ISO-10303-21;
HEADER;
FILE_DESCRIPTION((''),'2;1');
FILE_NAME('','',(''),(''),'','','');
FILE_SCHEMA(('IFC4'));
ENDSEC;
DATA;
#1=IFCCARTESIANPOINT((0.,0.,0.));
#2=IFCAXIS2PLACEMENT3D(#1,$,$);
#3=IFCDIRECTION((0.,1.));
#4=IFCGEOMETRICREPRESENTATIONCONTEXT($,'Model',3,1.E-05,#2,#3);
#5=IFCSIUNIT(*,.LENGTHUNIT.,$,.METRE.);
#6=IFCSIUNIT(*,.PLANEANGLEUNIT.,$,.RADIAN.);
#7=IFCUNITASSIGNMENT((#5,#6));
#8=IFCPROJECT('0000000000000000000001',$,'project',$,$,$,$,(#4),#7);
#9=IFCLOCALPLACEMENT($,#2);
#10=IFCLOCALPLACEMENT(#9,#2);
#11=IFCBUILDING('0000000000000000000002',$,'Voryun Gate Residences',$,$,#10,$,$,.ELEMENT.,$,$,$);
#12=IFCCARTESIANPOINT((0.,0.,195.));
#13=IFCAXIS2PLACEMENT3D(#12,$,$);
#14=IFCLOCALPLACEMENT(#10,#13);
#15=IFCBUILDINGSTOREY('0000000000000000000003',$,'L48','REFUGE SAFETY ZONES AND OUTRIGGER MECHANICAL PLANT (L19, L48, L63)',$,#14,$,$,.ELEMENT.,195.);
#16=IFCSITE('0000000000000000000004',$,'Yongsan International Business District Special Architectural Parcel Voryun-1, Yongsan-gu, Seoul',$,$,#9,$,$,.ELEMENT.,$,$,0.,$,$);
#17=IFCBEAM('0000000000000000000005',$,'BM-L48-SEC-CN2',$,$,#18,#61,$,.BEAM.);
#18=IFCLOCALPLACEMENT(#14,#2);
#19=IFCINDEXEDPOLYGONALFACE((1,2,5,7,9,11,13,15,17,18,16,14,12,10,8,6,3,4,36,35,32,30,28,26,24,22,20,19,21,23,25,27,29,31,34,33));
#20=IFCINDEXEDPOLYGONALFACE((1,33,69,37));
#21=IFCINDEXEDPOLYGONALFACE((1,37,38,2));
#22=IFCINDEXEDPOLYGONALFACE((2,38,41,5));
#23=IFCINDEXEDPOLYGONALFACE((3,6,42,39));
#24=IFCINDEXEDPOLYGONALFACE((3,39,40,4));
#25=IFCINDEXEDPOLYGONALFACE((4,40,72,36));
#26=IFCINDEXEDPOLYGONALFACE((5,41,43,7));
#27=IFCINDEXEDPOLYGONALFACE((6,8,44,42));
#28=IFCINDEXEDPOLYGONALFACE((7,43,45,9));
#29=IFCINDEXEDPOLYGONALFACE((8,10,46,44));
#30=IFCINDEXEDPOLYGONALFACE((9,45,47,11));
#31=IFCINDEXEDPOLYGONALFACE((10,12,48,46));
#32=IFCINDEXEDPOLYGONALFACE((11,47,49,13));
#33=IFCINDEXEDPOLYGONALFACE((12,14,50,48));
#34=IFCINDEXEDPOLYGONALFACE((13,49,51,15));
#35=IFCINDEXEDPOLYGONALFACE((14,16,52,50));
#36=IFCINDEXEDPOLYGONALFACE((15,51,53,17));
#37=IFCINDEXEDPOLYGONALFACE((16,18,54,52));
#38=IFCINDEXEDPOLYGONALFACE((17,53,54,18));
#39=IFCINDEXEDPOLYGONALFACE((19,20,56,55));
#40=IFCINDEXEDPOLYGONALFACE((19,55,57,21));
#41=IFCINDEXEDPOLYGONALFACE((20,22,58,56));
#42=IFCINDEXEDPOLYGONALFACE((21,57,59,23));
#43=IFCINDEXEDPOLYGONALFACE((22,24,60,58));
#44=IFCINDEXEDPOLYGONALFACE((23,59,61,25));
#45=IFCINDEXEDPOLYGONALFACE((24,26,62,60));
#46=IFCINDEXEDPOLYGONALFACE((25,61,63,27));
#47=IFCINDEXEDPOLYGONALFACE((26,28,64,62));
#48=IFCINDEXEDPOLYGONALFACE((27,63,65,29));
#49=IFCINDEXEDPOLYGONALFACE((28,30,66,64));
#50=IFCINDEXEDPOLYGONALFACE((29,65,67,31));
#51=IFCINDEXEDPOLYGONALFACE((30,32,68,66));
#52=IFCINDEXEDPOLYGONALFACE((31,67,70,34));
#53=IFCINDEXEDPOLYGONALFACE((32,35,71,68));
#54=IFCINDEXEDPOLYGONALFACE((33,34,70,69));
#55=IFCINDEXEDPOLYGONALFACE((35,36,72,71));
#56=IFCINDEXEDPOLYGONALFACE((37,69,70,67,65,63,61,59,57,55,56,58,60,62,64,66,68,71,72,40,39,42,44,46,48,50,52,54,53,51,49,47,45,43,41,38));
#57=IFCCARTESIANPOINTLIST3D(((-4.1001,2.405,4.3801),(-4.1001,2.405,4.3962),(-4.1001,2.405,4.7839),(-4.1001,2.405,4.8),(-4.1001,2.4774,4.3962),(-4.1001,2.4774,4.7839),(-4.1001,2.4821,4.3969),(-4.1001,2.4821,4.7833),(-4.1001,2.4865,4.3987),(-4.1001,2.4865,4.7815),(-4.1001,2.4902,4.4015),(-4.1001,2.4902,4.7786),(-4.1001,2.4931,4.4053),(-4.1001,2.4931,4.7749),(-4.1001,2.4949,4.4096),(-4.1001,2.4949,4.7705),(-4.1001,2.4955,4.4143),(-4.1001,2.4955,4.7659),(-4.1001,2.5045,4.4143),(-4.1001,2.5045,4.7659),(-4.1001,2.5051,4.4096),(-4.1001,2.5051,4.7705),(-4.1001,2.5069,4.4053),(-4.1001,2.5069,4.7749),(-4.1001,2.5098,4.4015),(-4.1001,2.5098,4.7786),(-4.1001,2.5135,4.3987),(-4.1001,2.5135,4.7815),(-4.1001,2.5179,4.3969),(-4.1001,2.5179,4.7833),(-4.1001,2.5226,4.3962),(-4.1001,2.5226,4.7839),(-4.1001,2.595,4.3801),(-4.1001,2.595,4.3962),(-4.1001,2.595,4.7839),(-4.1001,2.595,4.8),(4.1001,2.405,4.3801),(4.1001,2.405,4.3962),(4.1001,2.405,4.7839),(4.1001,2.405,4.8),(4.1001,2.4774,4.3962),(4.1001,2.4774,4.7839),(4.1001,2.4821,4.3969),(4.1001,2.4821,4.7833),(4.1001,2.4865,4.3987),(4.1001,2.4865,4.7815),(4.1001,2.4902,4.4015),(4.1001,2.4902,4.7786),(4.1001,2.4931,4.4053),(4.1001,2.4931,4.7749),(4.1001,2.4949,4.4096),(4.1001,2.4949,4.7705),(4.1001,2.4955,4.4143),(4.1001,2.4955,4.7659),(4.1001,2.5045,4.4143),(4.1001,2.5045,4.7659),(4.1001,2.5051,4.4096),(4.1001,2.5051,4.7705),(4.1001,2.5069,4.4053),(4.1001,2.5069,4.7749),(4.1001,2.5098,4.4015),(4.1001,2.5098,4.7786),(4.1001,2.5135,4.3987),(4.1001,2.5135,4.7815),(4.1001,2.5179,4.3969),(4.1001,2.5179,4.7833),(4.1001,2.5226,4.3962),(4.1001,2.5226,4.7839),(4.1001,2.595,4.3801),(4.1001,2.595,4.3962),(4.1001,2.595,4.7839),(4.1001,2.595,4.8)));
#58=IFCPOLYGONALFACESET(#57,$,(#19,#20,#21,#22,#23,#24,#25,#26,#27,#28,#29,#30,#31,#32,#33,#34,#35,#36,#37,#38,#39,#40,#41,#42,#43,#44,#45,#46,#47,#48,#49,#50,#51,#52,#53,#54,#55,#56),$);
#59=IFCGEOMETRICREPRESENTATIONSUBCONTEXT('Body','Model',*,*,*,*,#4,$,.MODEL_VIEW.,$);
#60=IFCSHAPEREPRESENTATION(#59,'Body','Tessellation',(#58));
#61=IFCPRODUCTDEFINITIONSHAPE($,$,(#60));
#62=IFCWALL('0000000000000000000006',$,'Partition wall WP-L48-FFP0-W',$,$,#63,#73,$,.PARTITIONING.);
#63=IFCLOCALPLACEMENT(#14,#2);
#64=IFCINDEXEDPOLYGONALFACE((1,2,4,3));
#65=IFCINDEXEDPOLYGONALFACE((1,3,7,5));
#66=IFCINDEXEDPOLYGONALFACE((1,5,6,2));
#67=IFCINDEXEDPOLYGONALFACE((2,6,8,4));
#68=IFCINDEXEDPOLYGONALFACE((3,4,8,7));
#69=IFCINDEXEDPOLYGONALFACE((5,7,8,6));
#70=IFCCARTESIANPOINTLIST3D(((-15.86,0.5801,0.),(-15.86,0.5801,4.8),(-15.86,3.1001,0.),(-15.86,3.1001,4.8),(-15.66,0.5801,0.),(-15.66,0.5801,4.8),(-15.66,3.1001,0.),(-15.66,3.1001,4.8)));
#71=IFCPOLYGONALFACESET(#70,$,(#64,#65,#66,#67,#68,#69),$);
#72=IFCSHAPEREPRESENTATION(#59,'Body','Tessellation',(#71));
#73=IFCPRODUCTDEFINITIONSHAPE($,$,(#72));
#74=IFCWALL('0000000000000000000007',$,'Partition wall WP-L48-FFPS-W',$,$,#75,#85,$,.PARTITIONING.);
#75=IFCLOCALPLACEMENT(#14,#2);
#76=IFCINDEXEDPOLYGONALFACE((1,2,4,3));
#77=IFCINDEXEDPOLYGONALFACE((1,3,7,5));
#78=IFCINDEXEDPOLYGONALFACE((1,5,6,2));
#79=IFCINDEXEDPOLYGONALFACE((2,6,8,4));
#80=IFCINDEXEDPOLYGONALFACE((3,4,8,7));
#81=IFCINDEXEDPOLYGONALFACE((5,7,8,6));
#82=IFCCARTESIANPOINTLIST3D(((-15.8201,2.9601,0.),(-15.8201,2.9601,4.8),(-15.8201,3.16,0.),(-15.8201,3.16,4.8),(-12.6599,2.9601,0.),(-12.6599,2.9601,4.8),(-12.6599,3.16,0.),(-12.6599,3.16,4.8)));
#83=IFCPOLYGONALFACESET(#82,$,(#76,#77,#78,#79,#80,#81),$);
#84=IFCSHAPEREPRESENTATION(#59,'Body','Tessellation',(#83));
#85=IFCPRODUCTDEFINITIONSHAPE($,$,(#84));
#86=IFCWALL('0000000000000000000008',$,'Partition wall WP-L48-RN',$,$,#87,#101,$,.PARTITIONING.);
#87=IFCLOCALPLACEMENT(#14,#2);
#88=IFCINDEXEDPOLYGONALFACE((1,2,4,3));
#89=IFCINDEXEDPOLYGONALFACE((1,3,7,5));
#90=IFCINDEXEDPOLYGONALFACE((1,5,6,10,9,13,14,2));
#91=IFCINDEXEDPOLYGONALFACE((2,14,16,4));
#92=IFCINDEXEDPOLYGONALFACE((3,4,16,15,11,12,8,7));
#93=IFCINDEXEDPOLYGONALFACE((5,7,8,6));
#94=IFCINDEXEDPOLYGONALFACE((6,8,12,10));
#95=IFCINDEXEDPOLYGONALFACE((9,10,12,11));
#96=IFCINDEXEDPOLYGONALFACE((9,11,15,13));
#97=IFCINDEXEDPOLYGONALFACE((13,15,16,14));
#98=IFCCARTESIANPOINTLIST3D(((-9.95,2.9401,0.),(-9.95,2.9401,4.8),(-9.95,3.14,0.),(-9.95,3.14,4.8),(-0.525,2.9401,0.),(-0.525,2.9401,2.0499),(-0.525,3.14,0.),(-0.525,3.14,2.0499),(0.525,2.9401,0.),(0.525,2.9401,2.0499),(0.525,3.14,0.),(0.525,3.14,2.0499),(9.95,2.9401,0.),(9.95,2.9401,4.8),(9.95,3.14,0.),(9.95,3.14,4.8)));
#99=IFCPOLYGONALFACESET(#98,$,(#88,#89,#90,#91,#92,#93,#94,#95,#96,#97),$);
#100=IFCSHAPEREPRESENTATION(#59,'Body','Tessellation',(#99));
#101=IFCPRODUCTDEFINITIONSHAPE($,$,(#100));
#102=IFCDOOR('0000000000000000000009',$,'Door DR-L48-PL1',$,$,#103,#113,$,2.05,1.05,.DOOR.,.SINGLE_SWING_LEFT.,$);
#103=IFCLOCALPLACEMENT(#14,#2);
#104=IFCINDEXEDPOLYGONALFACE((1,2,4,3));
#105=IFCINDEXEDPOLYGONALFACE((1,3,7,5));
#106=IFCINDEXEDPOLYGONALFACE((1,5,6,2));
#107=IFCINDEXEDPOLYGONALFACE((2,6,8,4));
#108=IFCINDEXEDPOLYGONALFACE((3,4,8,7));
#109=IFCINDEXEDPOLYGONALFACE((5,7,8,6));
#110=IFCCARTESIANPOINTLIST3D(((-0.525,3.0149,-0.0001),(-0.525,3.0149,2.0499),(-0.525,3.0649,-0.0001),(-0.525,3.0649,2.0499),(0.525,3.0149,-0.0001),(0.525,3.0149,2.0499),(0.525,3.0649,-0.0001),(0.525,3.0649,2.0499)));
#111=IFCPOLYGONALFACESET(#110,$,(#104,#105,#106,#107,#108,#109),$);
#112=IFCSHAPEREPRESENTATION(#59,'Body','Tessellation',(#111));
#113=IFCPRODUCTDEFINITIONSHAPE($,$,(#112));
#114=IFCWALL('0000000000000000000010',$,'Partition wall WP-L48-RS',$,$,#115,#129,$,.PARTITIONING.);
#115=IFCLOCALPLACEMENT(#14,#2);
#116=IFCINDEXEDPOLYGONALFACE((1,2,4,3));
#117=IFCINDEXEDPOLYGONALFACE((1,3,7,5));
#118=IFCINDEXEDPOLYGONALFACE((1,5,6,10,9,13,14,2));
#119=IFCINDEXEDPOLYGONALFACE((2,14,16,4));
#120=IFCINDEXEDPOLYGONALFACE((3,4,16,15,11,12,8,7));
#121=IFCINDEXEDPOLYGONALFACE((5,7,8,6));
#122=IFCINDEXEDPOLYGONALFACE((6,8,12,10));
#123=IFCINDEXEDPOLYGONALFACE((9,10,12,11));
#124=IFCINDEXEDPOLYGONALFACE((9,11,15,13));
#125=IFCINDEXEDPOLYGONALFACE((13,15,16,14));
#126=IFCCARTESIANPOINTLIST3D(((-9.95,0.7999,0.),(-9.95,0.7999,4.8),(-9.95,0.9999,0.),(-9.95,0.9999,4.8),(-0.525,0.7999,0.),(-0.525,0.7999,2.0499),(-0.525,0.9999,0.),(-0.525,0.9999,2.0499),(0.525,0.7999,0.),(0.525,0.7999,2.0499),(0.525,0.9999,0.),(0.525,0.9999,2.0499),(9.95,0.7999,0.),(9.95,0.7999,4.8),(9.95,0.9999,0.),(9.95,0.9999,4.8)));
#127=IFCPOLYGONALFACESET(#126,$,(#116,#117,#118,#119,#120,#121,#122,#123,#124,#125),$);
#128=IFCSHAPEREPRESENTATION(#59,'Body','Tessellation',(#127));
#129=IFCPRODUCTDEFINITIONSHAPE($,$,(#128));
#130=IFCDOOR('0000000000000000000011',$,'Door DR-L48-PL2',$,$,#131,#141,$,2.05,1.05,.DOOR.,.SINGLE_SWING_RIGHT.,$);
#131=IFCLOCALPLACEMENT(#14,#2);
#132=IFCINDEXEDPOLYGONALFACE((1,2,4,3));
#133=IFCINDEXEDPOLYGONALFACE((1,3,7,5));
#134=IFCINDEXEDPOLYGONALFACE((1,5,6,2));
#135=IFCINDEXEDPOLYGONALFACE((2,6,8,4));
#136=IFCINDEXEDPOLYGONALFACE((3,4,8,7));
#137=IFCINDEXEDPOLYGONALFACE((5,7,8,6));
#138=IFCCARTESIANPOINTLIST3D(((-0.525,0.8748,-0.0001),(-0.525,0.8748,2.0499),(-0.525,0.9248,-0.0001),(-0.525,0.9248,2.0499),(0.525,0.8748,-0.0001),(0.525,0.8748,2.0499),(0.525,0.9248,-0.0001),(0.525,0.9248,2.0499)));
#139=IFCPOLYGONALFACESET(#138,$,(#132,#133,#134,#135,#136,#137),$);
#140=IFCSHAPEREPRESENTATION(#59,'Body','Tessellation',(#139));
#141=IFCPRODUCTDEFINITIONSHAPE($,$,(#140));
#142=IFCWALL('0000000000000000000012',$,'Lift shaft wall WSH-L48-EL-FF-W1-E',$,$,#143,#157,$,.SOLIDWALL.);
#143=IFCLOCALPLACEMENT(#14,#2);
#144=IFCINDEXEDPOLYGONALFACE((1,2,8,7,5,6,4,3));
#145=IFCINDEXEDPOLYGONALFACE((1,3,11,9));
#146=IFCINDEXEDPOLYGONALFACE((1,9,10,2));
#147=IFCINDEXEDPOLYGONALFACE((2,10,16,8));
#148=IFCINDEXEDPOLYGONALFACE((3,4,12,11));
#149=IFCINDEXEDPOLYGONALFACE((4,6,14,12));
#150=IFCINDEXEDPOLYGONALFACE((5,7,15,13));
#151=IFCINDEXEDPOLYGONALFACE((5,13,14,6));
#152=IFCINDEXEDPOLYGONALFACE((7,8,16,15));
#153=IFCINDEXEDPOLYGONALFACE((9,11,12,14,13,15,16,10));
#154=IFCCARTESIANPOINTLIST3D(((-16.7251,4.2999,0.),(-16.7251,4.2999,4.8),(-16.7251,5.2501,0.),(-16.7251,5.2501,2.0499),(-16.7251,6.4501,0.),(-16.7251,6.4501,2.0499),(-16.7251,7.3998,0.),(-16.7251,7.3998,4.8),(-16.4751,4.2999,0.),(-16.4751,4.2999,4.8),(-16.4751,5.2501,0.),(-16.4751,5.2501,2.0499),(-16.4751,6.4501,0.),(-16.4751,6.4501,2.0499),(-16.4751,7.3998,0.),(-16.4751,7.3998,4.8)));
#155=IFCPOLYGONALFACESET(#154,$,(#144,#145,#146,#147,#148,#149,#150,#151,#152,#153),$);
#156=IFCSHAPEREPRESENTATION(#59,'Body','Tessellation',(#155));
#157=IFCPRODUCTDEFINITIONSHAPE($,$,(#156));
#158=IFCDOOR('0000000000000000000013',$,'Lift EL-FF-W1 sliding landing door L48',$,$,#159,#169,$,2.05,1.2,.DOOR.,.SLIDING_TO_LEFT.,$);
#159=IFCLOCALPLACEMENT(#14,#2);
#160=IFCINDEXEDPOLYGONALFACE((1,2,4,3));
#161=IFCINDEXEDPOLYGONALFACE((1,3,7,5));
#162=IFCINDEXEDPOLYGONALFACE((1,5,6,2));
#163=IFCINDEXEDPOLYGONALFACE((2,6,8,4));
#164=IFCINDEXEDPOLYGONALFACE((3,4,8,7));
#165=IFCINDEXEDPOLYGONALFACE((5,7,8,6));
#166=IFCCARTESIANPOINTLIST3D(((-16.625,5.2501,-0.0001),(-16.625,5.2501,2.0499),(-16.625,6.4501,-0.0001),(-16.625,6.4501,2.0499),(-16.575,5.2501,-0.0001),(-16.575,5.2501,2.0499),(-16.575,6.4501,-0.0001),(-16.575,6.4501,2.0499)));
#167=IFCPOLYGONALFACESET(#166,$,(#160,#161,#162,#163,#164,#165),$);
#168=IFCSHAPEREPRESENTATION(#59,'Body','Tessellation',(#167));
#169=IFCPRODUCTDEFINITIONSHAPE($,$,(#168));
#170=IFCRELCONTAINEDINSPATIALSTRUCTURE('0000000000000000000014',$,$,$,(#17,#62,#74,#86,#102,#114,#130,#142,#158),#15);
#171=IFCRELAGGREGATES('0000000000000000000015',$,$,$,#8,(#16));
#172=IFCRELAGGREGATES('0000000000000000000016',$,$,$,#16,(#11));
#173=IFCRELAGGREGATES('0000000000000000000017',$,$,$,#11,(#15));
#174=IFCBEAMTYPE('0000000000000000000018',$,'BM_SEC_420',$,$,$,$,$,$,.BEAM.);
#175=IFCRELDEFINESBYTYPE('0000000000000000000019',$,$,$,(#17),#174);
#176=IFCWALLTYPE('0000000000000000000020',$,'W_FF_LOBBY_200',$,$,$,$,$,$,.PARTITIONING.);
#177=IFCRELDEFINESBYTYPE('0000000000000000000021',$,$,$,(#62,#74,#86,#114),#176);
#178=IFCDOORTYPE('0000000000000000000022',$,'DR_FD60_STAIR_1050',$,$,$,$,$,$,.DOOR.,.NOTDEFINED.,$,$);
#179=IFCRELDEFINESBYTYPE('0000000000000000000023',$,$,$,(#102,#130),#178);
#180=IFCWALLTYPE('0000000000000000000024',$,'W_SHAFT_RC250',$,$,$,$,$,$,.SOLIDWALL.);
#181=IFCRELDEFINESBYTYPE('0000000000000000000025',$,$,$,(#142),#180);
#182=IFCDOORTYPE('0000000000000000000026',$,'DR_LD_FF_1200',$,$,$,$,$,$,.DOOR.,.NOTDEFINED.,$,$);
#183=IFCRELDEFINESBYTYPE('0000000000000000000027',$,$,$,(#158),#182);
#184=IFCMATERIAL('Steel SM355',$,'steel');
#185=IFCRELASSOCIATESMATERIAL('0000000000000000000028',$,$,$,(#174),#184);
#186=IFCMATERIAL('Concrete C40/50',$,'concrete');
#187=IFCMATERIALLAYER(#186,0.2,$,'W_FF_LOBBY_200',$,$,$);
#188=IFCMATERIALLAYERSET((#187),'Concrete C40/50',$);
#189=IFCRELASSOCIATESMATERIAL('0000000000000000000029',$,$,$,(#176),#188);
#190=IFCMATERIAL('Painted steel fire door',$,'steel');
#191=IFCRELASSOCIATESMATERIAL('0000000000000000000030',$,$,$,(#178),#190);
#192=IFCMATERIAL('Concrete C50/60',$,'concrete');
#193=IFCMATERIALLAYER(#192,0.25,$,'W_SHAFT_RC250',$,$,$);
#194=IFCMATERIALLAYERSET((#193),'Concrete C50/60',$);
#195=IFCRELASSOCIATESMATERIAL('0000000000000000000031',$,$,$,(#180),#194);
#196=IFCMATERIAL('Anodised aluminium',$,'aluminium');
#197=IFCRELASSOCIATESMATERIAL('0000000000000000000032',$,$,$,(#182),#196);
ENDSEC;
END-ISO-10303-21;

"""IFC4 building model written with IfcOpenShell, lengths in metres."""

from ifc_helpers import new_model, si_unit, direction, frame, frame_2d, origin, origin_2d, place, context, subcontext, project, spatial, rectangle, i_section, extrude, material, layer, layer_set, material_profile, profile_set, type_object, element, fill, save


model = new_model("IFC4")

# Units and contexts
model_context = context("Model", 3, precision=1e-05, world=origin(), true_north=direction((0.0, 1.0)))
body_context = subcontext(model_context, "Body", "Model", "MODEL_VIEW")
ifc_project = project(units=[si_unit("LENGTHUNIT", "METRE"), si_unit("PLANEANGLEUNIT", "RADIAN")], contexts=[model_context])

# Site, building, storey
site_placement = place(None, origin())
site = spatial("IfcSite", under=ifc_project, at=site_placement, Name="Yongsan International Business District Special Architectural Parcel Voryun-1, Yongsan-gu, Seoul", CompositionType="ELEMENT", RefElevation=0.0)
building_placement = place(site_placement, origin())
building = spatial("IfcBuilding", under=site, at=building_placement, Name="Voryun Gate Residences", CompositionType="ELEMENT")
storey_placement = place(building_placement, frame((0.0, 0.0, 195.0)))
storey = spatial("IfcBuildingStorey", under=building, at=storey_placement, Name="L48", Description="REFUGE SAFETY ZONES AND OUTRIGGER MECHANICAL PLANT (L19, L48, L63)", CompositionType="ELEMENT", Elevation=195.0)

# Beam
ifc_material_1 = material(Name="Steel SM355", Category="steel")
ifc_material_profile_1 = material_profile(ifc_material_1, i_section(OverallWidth=0.1899, OverallDepth=0.4199, WebThickness=0.009, FlangeThickness=0.0161, FilletRadius=0.0181, at=origin_2d()), Name="H-420x190x9x16")
ifc_profile_set_1 = profile_set([ifc_material_profile_1], Name="Steel SM355")
beam_type = type_object("IfcBeamType", Name="BM_SEC_420", PredefinedType="BEAM", material=ifc_profile_set_1)
beam_1_placement = place(storey_placement, frame((-4.1001, 2.5, 4.5901), z_axis=(1.0, 0.0, 0.0), x_axis=(0.0, 1.0, 0.0)))
element("IfcBeam", 1, at=beam_1_placement, inside=storey, type_object=beam_type, Name="BM-L48-SEC-CN2", PredefinedType="BEAM", context=body_context, shape_type="SweptSolid", body=[
    extrude(i_section(OverallWidth=0.1899, OverallDepth=0.4199, WebThickness=0.009, FlangeThickness=0.0161, FilletRadius=0.0181, at=origin_2d()), origin(), (0.0, 0.0, 1.0), 8.2002),
])

# Walls
ifc_material_2 = material(Name="Concrete C40/50", Category="concrete")
ifc_layer_1 = layer(ifc_material_2, 0.2, Name="W_FF_LOBBY_200")
ifc_layer_set_1 = layer_set([ifc_layer_1], Name="Concrete C40/50")
wall_type_1 = type_object("IfcWallType", Name="W_FF_LOBBY_200", PredefinedType="PARTITIONING", material=ifc_layer_set_1)
wall_1_placement = place(storey_placement, frame((-15.76, 0.5801, 0.0), z_axis=(0.0, 0.0, 1.0), x_axis=(0.0, 1.0, 0.0)))
element("IfcWall", 2, at=wall_1_placement, inside=storey, type_object=wall_type_1, Name="Partition wall WP-L48-FFP0-W", PredefinedType="PARTITIONING", context=body_context, shape_type="SweptSolid", body=[
    extrude(rectangle(XDim=2.52, YDim=0.2, at=frame_2d((1.26, 0.0))), origin(), (0.0, 0.0, 1.0), 4.8),
])
wall_2_placement = place(storey_placement, frame((-15.8201, 3.0601, 0.0), z_axis=(0.0, 0.0, 1.0), x_axis=(1.0, 0.0, 0.0)))
element("IfcWall", 3, at=wall_2_placement, inside=storey, type_object=wall_type_1, Name="Partition wall WP-L48-FFPS-W", PredefinedType="PARTITIONING", context=body_context, shape_type="SweptSolid", body=[
    extrude(rectangle(XDim=3.1602, YDim=0.2, at=frame_2d((1.5801, 0.0))), origin(), (0.0, 0.0, 1.0), 4.8),
])

# Walls, openings, doors
wall_3_placement = place(storey_placement, frame((-9.95, 3.04, 0.0), z_axis=(0.0, 0.0, 1.0), x_axis=(1.0, 0.0, 0.0)))
wall_3 = element("IfcWall", 4, at=wall_3_placement, inside=storey, type_object=wall_type_1, Name="Partition wall WP-L48-RN", PredefinedType="PARTITIONING", context=body_context, shape_type="SweptSolid", body=[
    extrude(rectangle(XDim=19.8999, YDim=0.2, at=frame_2d((9.95, 0.0))), origin(), (0.0, 0.0, 1.0), 4.8),
])
opening_1_placement = place(wall_3_placement, frame((9.425, 0.0, 0.0)))
opening_1 = element("IfcOpeningElement", 5, at=opening_1_placement, cuts=wall_3, PredefinedType="OPENING", context=body_context, shape_type="SweptSolid", body=[
    extrude(rectangle(XDim=1.05, YDim=2.05, at=frame_2d((0.5249, 1.0249))), frame((0.0, 0.1101, 0.0), z_axis=(0.0, -1.0, 0.0), x_axis=(1.0, 0.0, 0.0)), (0.0, 0.0, 1.0), 0.22),
])
ifc_material_3 = material(Name="Painted steel fire door", Category="steel")
door_type_1 = type_object("IfcDoorType", Name="DR_FD60_STAIR_1050", OperationType="NOTDEFINED", PredefinedType="DOOR", material=ifc_material_3)
door_1_placement = place(opening_1_placement, origin())
door_1 = element("IfcDoor", 6, at=door_1_placement, inside=storey, type_object=door_type_1, Name="Door DR-L48-PL1", OperationType="SINGLE_SWING_LEFT", OverallHeight=2.05, OverallWidth=1.05, PredefinedType="DOOR", context=body_context, shape_type="SweptSolid", body=[
    extrude(rectangle(XDim=1.05, YDim=2.05, at=frame_2d((0.5249, 1.0249))), frame((0.0, 0.0249, 0.0), z_axis=(0.0, -1.0, 0.0), x_axis=(1.0, 0.0, 0.0)), (0.0, 0.0, 1.0), 0.05),
])
fill(opening_1, door_1)
wall_4_placement = place(storey_placement, frame((-9.95, 0.8999, 0.0), z_axis=(0.0, 0.0, 1.0), x_axis=(1.0, 0.0, 0.0)))
wall_4 = element("IfcWall", 7, at=wall_4_placement, inside=storey, type_object=wall_type_1, Name="Partition wall WP-L48-RS", PredefinedType="PARTITIONING", context=body_context, shape_type="SweptSolid", body=[
    extrude(rectangle(XDim=19.8999, YDim=0.2, at=frame_2d((9.95, 0.0))), origin(), (0.0, 0.0, 1.0), 4.8),
])
opening_2_placement = place(wall_4_placement, frame((9.425, 0.0, 0.0)))
opening_2 = element("IfcOpeningElement", 8, at=opening_2_placement, cuts=wall_4, PredefinedType="OPENING", context=body_context, shape_type="SweptSolid", body=[
    extrude(rectangle(XDim=1.05, YDim=2.05, at=frame_2d((0.5249, 1.0249))), frame((0.0, 0.1101, 0.0), z_axis=(0.0, -1.0, 0.0), x_axis=(1.0, 0.0, 0.0)), (0.0, 0.0, 1.0), 0.22),
])
door_2_placement = place(opening_2_placement, origin())
door_2 = element("IfcDoor", 9, at=door_2_placement, inside=storey, type_object=door_type_1, Name="Door DR-L48-PL2", OperationType="SINGLE_SWING_RIGHT", OverallHeight=2.05, OverallWidth=1.05, PredefinedType="DOOR", context=body_context, shape_type="SweptSolid", body=[
    extrude(rectangle(XDim=1.05, YDim=2.05, at=frame_2d((0.5249, 1.0249))), frame((0.0, 0.0249, 0.0), z_axis=(0.0, -1.0, 0.0), x_axis=(1.0, 0.0, 0.0)), (0.0, 0.0, 1.0), 0.05),
])
fill(opening_2, door_2)
ifc_material_4 = material(Name="Concrete C50/60", Category="concrete")
ifc_layer_2 = layer(ifc_material_4, 0.25, Name="W_SHAFT_RC250")
ifc_layer_set_2 = layer_set([ifc_layer_2], Name="Concrete C50/60")
wall_type_2 = type_object("IfcWallType", Name="W_SHAFT_RC250", PredefinedType="SOLIDWALL", material=ifc_layer_set_2)
wall_5_placement = place(storey_placement, frame((-16.6001, 4.3, 0.0), z_axis=(0.0, 0.0, 1.0), x_axis=(0.0, 1.0, 0.0)))
wall_5 = element("IfcWall", 10, at=wall_5_placement, inside=storey, type_object=wall_type_2, Name="Lift shaft wall WSH-L48-EL-FF-W1-E", PredefinedType="SOLIDWALL", context=body_context, shape_type="SweptSolid", body=[
    extrude(rectangle(XDim=3.0999, YDim=0.25, at=frame_2d((1.5498, 0.0))), origin(), (0.0, 0.0, 1.0), 4.8),
])
opening_3_placement = place(wall_5_placement, frame((0.95, 0.0, 0.0)))
opening_3 = element("IfcOpeningElement", 11, at=opening_3_placement, cuts=wall_5, PredefinedType="OPENING", context=body_context, shape_type="SweptSolid", body=[
    extrude(rectangle(XDim=1.2, YDim=2.05, at=frame_2d((0.6001, 1.0249))), frame((0.0, 0.135, 0.0), z_axis=(0.0, -1.0, 0.0), x_axis=(1.0, 0.0, 0.0)), (0.0, 0.0, 1.0), 0.27),
])
ifc_material_5 = material(Name="Anodised aluminium", Category="aluminium")
door_type_2 = type_object("IfcDoorType", Name="DR_LD_FF_1200", OperationType="NOTDEFINED", PredefinedType="DOOR", material=ifc_material_5)
door_3_placement = place(opening_3_placement, origin())
door_3 = element("IfcDoor", 12, at=door_3_placement, inside=storey, type_object=door_type_2, Name="Lift EL-FF-W1 sliding landing door L48", OperationType="SLIDING_TO_LEFT", OverallHeight=2.05, OverallWidth=1.2, PredefinedType="DOOR", context=body_context, shape_type="SweptSolid", body=[
    extrude(rectangle(XDim=1.2, YDim=2.05, at=frame_2d((0.6001, 1.0249))), frame((0.0, 0.0249, 0.0), z_axis=(0.0, -1.0, 0.0), x_axis=(1.0, 0.0, 0.0)), (0.0, 0.0, 1.0), 0.05),
])
fill(opening_3, door_3)

save(model, "model.ifc")
